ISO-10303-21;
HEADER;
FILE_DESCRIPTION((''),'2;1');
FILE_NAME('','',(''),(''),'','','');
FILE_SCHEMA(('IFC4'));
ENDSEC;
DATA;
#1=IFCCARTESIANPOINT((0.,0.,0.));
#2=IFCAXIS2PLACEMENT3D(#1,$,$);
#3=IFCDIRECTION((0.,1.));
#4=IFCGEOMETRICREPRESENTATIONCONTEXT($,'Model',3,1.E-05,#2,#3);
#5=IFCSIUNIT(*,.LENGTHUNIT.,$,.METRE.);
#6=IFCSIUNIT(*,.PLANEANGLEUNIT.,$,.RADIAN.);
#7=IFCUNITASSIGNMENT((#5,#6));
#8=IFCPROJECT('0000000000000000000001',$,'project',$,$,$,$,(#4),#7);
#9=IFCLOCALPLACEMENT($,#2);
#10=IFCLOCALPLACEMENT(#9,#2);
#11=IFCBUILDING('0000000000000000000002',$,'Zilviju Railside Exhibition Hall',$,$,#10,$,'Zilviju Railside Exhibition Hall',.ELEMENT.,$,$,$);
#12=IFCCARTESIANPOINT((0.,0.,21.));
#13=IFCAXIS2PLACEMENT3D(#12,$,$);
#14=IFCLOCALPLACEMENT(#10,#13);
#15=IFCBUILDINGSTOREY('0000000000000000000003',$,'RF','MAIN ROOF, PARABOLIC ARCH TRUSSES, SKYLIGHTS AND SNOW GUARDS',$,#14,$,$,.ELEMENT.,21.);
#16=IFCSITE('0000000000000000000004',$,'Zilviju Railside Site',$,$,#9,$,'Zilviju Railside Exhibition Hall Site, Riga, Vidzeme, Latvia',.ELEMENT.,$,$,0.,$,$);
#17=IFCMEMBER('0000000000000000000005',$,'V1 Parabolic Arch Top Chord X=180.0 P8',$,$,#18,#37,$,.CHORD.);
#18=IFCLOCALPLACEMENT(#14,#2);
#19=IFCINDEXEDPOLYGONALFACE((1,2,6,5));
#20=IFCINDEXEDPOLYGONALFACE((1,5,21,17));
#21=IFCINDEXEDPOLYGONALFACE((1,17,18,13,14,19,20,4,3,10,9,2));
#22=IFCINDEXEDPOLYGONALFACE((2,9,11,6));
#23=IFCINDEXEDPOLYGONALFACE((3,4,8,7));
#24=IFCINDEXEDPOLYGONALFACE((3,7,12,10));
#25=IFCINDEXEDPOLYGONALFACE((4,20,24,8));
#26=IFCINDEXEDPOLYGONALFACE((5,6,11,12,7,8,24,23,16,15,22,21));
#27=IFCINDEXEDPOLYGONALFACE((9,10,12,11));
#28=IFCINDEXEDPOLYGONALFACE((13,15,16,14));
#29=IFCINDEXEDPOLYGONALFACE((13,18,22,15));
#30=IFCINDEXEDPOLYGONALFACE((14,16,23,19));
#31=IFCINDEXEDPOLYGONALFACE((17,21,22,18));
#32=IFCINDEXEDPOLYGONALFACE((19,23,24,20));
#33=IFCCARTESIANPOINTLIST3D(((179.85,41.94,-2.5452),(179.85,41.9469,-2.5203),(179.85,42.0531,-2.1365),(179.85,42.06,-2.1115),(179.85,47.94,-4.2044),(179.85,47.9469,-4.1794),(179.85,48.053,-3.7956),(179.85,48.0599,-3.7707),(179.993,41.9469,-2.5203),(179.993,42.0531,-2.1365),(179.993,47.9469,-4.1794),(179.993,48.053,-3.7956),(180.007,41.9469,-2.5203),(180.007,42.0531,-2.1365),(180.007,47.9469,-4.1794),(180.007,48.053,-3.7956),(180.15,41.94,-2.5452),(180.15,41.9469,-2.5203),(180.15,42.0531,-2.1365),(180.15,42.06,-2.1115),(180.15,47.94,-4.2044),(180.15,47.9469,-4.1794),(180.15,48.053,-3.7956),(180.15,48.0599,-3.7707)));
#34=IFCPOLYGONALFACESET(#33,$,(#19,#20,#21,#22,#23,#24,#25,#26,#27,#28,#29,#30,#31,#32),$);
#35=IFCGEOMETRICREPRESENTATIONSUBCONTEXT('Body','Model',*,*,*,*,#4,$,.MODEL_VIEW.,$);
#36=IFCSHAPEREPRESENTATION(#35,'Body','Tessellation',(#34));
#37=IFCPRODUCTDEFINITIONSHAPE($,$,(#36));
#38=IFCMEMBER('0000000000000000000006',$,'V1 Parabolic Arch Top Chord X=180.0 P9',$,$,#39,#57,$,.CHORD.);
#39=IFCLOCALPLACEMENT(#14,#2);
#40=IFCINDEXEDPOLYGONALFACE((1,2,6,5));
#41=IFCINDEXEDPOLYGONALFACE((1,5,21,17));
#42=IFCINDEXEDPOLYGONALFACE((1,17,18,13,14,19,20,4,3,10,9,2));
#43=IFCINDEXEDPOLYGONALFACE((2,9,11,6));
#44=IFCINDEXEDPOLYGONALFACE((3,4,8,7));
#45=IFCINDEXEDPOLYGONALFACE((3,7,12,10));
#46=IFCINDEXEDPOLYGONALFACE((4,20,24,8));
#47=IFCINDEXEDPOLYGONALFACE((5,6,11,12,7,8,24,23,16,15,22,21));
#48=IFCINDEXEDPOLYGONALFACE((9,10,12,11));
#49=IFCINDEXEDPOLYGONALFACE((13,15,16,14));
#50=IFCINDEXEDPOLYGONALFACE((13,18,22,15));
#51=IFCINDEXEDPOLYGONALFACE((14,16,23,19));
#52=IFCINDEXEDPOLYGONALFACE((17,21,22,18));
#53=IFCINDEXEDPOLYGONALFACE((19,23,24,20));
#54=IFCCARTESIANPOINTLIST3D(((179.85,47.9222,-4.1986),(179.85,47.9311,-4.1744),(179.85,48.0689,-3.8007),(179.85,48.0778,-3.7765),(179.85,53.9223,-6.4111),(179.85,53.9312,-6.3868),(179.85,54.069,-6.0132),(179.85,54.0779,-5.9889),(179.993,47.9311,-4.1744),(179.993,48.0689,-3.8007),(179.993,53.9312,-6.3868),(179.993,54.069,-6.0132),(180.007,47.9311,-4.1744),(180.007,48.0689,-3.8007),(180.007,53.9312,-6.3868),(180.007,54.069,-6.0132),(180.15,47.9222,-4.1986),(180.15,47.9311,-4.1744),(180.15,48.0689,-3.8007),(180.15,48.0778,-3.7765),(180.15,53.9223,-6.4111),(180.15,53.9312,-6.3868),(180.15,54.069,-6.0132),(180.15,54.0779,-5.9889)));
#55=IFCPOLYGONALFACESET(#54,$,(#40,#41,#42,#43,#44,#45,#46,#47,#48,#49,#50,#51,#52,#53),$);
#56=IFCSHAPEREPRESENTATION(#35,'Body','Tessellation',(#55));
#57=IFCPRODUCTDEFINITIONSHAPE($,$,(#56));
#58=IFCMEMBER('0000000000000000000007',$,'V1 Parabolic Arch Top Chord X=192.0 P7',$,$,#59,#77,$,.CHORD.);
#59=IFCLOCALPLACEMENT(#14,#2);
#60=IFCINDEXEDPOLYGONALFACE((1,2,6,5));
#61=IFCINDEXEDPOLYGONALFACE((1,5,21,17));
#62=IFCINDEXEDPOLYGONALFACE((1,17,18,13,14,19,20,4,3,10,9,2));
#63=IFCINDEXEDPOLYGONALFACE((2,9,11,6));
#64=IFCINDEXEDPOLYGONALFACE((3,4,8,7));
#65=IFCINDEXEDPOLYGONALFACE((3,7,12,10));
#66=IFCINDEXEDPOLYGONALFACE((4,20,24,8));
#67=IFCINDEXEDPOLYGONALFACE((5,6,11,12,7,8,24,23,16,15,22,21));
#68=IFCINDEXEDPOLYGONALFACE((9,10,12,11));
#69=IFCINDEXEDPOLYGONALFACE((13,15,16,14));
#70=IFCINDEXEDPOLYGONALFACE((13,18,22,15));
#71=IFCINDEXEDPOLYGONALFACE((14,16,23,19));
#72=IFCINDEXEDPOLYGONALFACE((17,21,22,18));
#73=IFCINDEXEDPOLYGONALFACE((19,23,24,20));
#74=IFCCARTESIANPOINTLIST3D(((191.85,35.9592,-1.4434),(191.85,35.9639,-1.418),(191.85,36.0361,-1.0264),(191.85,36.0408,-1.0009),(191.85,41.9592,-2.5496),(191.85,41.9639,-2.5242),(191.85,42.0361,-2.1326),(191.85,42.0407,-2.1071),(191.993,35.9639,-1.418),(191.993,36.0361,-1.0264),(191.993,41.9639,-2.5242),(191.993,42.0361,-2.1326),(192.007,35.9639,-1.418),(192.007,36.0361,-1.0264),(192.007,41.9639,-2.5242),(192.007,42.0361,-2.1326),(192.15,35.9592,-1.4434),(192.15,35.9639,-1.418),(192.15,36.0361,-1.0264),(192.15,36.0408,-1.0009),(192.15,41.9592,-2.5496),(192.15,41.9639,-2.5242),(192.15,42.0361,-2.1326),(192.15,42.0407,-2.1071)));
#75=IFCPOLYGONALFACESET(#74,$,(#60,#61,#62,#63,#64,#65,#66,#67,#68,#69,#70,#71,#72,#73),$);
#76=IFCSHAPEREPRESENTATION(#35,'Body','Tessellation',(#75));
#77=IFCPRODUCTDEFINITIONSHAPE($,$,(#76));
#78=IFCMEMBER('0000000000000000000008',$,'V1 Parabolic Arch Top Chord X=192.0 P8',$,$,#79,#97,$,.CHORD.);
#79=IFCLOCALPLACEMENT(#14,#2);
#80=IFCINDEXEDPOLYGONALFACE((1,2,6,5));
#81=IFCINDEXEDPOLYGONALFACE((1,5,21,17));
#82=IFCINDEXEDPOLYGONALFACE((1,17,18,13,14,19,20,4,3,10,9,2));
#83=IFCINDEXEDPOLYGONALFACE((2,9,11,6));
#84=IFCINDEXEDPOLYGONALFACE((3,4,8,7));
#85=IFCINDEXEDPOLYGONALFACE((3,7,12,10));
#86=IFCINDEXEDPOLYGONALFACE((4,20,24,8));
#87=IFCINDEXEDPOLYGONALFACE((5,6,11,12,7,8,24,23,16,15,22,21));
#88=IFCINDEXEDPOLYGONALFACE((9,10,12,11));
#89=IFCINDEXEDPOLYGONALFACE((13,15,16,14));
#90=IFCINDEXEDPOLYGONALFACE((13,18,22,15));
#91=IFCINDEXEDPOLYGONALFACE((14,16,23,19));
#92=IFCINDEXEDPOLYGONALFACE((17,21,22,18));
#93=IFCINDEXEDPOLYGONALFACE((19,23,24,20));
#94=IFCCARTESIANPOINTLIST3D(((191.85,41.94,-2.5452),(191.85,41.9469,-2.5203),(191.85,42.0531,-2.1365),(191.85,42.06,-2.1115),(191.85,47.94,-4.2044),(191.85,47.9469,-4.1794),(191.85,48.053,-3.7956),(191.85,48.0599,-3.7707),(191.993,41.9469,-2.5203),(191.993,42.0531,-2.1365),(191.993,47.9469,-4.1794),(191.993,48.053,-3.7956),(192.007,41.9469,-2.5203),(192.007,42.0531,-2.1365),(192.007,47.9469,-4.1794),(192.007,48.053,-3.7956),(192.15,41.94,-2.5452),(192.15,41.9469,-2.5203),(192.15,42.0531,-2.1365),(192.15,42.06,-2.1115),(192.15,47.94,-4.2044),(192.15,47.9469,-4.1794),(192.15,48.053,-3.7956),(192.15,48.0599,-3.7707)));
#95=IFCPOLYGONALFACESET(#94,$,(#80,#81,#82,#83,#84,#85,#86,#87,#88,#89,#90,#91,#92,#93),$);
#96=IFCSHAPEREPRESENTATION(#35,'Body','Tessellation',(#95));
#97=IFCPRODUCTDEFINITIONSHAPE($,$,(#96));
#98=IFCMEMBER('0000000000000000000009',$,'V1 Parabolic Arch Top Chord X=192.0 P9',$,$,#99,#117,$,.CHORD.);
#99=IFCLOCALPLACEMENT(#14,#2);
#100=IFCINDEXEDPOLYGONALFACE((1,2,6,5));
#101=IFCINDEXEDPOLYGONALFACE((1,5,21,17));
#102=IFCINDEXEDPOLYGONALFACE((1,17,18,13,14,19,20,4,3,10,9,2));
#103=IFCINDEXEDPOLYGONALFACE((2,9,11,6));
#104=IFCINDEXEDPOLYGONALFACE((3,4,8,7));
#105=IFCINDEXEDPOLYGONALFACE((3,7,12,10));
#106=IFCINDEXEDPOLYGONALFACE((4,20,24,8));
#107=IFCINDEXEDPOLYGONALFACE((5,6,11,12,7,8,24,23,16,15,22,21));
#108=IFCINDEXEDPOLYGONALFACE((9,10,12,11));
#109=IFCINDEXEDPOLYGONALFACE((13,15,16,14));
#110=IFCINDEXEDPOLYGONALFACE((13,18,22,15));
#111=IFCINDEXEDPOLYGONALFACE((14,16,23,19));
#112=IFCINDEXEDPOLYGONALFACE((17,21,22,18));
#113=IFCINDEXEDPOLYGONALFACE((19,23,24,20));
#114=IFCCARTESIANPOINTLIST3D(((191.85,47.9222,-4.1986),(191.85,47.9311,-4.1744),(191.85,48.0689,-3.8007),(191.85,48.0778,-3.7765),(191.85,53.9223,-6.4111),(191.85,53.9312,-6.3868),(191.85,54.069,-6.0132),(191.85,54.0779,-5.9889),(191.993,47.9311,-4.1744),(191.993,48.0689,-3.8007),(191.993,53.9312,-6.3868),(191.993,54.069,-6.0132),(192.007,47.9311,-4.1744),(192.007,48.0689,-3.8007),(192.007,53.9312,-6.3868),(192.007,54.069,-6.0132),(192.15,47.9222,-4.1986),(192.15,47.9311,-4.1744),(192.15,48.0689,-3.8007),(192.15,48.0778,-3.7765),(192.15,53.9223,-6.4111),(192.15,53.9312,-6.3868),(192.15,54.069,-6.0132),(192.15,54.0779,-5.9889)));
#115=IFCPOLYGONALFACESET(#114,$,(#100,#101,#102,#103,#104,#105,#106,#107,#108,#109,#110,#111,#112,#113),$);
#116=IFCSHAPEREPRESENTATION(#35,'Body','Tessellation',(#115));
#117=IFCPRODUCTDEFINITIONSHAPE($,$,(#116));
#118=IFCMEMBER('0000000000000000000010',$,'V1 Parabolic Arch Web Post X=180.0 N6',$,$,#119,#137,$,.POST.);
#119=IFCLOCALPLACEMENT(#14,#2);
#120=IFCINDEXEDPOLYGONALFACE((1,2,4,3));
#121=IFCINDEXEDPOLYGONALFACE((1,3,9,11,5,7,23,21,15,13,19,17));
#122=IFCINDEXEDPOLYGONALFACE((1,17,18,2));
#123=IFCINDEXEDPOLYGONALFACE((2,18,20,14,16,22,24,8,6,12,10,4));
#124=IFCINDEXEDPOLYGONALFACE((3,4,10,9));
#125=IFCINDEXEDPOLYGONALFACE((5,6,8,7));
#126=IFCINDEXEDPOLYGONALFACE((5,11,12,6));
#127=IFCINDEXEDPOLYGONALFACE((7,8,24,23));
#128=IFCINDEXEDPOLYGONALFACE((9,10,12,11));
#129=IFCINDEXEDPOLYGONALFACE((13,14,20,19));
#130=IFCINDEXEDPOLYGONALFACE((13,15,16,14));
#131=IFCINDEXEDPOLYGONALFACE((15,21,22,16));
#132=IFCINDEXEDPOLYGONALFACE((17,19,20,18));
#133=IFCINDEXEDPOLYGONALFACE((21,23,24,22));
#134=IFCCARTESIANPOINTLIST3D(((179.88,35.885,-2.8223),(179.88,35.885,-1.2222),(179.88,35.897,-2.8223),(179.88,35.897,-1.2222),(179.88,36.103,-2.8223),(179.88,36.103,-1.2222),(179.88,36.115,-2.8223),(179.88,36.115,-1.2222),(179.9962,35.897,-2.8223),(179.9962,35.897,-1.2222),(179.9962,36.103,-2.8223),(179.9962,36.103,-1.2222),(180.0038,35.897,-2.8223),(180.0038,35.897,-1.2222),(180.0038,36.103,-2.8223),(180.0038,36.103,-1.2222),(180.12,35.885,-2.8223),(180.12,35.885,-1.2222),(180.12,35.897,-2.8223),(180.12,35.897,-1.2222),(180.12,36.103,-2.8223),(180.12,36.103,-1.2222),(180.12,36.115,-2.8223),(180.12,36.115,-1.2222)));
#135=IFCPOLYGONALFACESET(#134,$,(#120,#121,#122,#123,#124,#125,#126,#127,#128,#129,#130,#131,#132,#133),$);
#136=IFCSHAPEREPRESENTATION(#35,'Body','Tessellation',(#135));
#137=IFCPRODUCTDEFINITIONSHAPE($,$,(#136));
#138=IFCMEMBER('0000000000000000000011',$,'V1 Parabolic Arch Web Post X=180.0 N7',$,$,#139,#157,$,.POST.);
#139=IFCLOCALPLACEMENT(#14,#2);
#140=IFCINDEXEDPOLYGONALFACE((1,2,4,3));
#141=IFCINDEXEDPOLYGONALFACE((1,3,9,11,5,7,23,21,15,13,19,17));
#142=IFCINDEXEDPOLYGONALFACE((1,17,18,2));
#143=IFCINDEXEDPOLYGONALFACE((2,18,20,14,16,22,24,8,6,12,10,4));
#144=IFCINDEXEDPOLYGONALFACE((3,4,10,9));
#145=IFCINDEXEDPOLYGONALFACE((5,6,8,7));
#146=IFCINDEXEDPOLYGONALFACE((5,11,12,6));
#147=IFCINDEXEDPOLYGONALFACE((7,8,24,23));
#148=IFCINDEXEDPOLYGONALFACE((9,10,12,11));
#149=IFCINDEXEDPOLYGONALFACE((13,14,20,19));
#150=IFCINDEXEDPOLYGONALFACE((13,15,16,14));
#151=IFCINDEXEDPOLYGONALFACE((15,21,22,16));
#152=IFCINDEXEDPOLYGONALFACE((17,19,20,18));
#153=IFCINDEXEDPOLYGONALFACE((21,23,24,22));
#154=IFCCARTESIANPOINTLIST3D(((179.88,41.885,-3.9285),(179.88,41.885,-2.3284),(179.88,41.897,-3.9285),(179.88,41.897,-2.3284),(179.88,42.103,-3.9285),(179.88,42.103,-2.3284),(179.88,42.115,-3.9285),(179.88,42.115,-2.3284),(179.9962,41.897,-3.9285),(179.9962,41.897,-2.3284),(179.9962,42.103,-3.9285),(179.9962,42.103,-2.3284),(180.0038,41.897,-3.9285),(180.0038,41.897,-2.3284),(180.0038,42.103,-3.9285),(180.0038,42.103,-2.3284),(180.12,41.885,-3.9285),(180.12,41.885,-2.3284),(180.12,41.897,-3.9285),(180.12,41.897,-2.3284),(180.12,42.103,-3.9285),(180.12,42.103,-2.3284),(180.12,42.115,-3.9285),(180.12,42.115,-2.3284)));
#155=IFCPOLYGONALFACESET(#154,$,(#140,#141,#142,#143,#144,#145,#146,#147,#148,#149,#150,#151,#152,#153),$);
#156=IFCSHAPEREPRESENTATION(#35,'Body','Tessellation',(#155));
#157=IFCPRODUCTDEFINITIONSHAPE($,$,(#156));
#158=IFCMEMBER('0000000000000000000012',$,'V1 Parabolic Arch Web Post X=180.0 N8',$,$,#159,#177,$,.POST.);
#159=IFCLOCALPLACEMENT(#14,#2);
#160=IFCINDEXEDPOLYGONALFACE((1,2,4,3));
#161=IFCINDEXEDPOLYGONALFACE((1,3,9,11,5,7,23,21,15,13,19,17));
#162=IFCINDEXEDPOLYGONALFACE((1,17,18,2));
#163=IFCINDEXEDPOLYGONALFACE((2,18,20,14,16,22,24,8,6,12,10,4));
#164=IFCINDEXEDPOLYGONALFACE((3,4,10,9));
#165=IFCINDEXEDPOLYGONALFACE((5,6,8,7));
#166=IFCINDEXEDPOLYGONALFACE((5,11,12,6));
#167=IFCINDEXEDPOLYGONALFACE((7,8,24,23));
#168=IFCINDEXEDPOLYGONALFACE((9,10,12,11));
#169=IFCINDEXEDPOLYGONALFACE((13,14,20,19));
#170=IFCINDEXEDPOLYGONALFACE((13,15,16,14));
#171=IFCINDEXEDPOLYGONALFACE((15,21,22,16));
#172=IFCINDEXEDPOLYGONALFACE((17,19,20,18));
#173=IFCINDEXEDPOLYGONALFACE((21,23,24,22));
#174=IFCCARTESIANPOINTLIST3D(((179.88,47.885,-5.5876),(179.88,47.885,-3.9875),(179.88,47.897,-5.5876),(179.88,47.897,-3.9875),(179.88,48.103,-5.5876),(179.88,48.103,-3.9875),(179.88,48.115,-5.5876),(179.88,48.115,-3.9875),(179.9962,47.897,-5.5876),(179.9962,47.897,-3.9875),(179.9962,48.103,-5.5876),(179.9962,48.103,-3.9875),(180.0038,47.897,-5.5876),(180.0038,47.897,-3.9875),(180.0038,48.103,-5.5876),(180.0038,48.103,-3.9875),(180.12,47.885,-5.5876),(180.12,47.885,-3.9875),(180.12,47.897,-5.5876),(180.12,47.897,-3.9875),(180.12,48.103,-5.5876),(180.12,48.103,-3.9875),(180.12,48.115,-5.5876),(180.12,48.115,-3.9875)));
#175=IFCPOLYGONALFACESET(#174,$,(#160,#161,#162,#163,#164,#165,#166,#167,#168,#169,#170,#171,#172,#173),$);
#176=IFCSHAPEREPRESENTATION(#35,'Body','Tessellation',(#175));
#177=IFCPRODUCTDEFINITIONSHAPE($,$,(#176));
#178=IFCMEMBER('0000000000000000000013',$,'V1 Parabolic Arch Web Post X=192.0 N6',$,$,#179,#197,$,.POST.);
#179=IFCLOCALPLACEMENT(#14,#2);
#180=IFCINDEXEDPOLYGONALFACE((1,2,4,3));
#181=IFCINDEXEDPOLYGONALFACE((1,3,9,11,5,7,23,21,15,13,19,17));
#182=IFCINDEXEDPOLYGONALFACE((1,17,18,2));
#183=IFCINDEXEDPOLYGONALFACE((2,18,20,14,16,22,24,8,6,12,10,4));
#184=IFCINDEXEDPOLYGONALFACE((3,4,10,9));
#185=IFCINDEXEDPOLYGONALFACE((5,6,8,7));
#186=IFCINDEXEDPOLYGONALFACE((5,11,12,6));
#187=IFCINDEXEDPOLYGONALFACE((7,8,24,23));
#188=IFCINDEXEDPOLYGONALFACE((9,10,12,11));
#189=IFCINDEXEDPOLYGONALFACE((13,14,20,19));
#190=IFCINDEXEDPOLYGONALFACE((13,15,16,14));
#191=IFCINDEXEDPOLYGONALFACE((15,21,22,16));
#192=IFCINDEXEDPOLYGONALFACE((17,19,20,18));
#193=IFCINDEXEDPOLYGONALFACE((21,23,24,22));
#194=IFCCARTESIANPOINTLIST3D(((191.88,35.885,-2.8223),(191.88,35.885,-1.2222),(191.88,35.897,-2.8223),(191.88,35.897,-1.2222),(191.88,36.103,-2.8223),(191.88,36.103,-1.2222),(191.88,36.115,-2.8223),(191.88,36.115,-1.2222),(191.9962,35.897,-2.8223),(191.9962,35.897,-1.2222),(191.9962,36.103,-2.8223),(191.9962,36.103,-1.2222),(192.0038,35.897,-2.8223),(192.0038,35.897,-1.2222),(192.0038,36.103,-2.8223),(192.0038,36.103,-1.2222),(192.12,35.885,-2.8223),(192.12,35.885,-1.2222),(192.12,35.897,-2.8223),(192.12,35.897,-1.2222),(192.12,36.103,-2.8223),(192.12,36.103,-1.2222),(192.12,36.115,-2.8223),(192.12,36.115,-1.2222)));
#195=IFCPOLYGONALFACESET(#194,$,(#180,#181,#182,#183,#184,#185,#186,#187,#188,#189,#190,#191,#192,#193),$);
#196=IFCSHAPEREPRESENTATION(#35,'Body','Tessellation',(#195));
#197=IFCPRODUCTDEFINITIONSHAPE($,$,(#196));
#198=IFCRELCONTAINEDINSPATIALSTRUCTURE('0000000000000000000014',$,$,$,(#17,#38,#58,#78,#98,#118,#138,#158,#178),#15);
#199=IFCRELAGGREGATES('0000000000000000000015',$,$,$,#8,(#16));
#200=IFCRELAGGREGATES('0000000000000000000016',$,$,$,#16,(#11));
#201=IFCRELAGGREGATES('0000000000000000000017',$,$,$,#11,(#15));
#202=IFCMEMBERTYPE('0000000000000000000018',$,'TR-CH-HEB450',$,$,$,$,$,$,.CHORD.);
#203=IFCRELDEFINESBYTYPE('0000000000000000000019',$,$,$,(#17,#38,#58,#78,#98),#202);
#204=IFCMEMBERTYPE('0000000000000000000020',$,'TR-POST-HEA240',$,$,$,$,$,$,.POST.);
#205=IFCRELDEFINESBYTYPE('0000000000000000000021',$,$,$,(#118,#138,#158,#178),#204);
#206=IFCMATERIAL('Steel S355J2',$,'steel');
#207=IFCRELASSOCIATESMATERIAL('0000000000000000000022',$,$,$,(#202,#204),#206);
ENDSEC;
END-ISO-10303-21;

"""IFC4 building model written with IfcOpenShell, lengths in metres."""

from ifc_helpers import new_model, si_unit, direction, frame, origin, origin_2d, place, context, subcontext, project, spatial, i_section, extrude, material, material_profile, profile_set, type_object, element, save


model = new_model("IFC4")

# Units and contexts
model_context = context("Model", 3, precision=1e-05, world=origin(), true_north=direction((0.0, 1.0)))
body_context = subcontext(model_context, "Body", "Model", "MODEL_VIEW")
ifc_project = project(units=[si_unit("LENGTHUNIT", "METRE"), si_unit("PLANEANGLEUNIT", "RADIAN")], contexts=[model_context])

# Site, building, storey
site_placement = place(None, origin())
site = spatial("IfcSite", under=ifc_project, at=site_placement, Name="Zilviju Railside Site", LongName="Zilviju Railside Exhibition Hall Site, Riga, Vidzeme, Latvia", CompositionType="ELEMENT", RefElevation=0.0)
building_placement = place(site_placement, origin())
building = spatial("IfcBuilding", under=site, at=building_placement, Name="Zilviju Railside Exhibition Hall", LongName="Zilviju Railside Exhibition Hall", CompositionType="ELEMENT")
storey_placement = place(building_placement, frame((0.0, 0.0, 21.0)))
storey = spatial("IfcBuildingStorey", under=building, at=storey_placement, Name="RF", Description="MAIN ROOF, PARABOLIC ARCH TRUSSES, SKYLIGHTS AND SNOW GUARDS", CompositionType="ELEMENT", Elevation=21.0)

# Members
ifc_material_1 = material(Name="Steel S355J2", Category="steel")
ifc_material_profile_1 = material_profile(ifc_material_1, i_section(OverallWidth=0.3, OverallDepth=0.45, WebThickness=0.0139, FlangeThickness=0.0259, at=origin_2d()), Name="HEB 450")
ifc_profile_set_1 = profile_set([ifc_material_profile_1], Name="Steel S355J2")
member_type_1 = type_object("IfcMemberType", Name="TR-CH-HEB450", PredefinedType="CHORD", material=ifc_profile_set_1)
member_1_placement = place(storey_placement, frame((180.0, 42.0, -2.3284), z_axis=(0.0, 0.963827, -0.266527), x_axis=(-1.0, 0.0, 0.0)))
element("IfcMember", 1, at=member_1_placement, inside=storey, type_object=member_type_1, Name="V1 Parabolic Arch Top Chord X=180.0 P8", PredefinedType="CHORD", context=body_context, shape_type="SweptSolid", body=[
    extrude(i_section(OverallWidth=0.3, OverallDepth=0.45, WebThickness=0.0139, FlangeThickness=0.0259, at=origin_2d()), origin(), (0.0, 0.0, 1.0), 6.2251),
])
member_2_placement = place(storey_placement, frame((180.0, 48.0, -3.9875), z_axis=(0.0, 0.938248, -0.345964), x_axis=(-1.0, 0.0, 0.0)))
element("IfcMember", 2, at=member_2_placement, inside=storey, type_object=member_type_1, Name="V1 Parabolic Arch Top Chord X=180.0 P9", PredefinedType="CHORD", context=body_context, shape_type="SweptSolid", body=[
    extrude(i_section(OverallWidth=0.3, OverallDepth=0.45, WebThickness=0.0139, FlangeThickness=0.0259, at=origin_2d()), origin(), (0.0, 0.0, 1.0), 6.395),
])
member_3_placement = place(storey_placement, frame((192.0, 36.0, -1.2222), z_axis=(0.0, 0.983426, -0.181311), x_axis=(-1.0, 0.0, 0.0)))
element("IfcMember", 3, at=member_3_placement, inside=storey, type_object=member_type_1, Name="V1 Parabolic Arch Top Chord X=192.0 P7", PredefinedType="CHORD", context=body_context, shape_type="SweptSolid", body=[
    extrude(i_section(OverallWidth=0.3, OverallDepth=0.45, WebThickness=0.0139, FlangeThickness=0.0259, at=origin_2d()), origin(), (0.0, 0.0, 1.0), 6.1011),
])
member_4_placement = place(storey_placement, frame((192.0, 42.0, -2.3284), z_axis=(0.0, 0.963827, -0.266527), x_axis=(-1.0, 0.0, 0.0)))
element("IfcMember", 4, at=member_4_placement, inside=storey, type_object=member_type_1, Name="V1 Parabolic Arch Top Chord X=192.0 P8", PredefinedType="CHORD", context=body_context, shape_type="SweptSolid", body=[
    extrude(i_section(OverallWidth=0.3, OverallDepth=0.45, WebThickness=0.0139, FlangeThickness=0.0259, at=origin_2d()), origin(), (0.0, 0.0, 1.0), 6.2251),
])
member_5_placement = place(storey_placement, frame((192.0, 48.0, -3.9875), z_axis=(0.0, 0.938248, -0.345964), x_axis=(-1.0, 0.0, 0.0)))
element("IfcMember", 5, at=member_5_placement, inside=storey, type_object=member_type_1, Name="V1 Parabolic Arch Top Chord X=192.0 P9", PredefinedType="CHORD", context=body_context, shape_type="SweptSolid", body=[
    extrude(i_section(OverallWidth=0.3, OverallDepth=0.45, WebThickness=0.0139, FlangeThickness=0.0259, at=origin_2d()), origin(), (0.0, 0.0, 1.0), 6.395),
])
ifc_material_profile_2 = material_profile(ifc_material_1, i_section(OverallWidth=0.24, OverallDepth=0.23, WebThickness=0.0076, FlangeThickness=0.012, at=origin_2d()), Name="HEA 240")
ifc_profile_set_2 = profile_set([ifc_material_profile_2], Name="Steel S355J2")
member_type_2 = type_object("IfcMemberType", Name="TR-POST-HEA240", PredefinedType="POST", material=ifc_profile_set_2)
for number, where, z_axis, x_axis, name in (
    (6, (180.0, 36.0, -2.8223), (0.0, 0.0, 1.0), (1.0, 0.0, 0.0), "V1 Parabolic Arch Web Post X=180.0 N6"),
    (7, (180.0, 42.0, -3.9285), (0.0, 0.0, 1.0), (1.0, 0.0, 0.0), "V1 Parabolic Arch Web Post X=180.0 N7"),
    (8, (180.0, 48.0, -5.5876), (0.0, 0.0, 1.0), (1.0, 0.0, 0.0), "V1 Parabolic Arch Web Post X=180.0 N8"),
    (9, (192.0, 36.0, -2.8223), (0.0, 0.0, 1.0), (1.0, 0.0, 0.0), "V1 Parabolic Arch Web Post X=192.0 N6"),
):
    element("IfcMember", number, at=place(storey_placement, frame(where, z_axis=z_axis, x_axis=x_axis)), inside=storey, type_object=member_type_2, Name=name, PredefinedType="POST", context=body_context, shape_type="SweptSolid", body=[
        extrude(i_section(OverallWidth=0.24, OverallDepth=0.23, WebThickness=0.0076, FlangeThickness=0.012, at=origin_2d()), origin(), (0.0, 0.0, 1.0), 1.6001),
    ])

save(model, "model.ifc")
